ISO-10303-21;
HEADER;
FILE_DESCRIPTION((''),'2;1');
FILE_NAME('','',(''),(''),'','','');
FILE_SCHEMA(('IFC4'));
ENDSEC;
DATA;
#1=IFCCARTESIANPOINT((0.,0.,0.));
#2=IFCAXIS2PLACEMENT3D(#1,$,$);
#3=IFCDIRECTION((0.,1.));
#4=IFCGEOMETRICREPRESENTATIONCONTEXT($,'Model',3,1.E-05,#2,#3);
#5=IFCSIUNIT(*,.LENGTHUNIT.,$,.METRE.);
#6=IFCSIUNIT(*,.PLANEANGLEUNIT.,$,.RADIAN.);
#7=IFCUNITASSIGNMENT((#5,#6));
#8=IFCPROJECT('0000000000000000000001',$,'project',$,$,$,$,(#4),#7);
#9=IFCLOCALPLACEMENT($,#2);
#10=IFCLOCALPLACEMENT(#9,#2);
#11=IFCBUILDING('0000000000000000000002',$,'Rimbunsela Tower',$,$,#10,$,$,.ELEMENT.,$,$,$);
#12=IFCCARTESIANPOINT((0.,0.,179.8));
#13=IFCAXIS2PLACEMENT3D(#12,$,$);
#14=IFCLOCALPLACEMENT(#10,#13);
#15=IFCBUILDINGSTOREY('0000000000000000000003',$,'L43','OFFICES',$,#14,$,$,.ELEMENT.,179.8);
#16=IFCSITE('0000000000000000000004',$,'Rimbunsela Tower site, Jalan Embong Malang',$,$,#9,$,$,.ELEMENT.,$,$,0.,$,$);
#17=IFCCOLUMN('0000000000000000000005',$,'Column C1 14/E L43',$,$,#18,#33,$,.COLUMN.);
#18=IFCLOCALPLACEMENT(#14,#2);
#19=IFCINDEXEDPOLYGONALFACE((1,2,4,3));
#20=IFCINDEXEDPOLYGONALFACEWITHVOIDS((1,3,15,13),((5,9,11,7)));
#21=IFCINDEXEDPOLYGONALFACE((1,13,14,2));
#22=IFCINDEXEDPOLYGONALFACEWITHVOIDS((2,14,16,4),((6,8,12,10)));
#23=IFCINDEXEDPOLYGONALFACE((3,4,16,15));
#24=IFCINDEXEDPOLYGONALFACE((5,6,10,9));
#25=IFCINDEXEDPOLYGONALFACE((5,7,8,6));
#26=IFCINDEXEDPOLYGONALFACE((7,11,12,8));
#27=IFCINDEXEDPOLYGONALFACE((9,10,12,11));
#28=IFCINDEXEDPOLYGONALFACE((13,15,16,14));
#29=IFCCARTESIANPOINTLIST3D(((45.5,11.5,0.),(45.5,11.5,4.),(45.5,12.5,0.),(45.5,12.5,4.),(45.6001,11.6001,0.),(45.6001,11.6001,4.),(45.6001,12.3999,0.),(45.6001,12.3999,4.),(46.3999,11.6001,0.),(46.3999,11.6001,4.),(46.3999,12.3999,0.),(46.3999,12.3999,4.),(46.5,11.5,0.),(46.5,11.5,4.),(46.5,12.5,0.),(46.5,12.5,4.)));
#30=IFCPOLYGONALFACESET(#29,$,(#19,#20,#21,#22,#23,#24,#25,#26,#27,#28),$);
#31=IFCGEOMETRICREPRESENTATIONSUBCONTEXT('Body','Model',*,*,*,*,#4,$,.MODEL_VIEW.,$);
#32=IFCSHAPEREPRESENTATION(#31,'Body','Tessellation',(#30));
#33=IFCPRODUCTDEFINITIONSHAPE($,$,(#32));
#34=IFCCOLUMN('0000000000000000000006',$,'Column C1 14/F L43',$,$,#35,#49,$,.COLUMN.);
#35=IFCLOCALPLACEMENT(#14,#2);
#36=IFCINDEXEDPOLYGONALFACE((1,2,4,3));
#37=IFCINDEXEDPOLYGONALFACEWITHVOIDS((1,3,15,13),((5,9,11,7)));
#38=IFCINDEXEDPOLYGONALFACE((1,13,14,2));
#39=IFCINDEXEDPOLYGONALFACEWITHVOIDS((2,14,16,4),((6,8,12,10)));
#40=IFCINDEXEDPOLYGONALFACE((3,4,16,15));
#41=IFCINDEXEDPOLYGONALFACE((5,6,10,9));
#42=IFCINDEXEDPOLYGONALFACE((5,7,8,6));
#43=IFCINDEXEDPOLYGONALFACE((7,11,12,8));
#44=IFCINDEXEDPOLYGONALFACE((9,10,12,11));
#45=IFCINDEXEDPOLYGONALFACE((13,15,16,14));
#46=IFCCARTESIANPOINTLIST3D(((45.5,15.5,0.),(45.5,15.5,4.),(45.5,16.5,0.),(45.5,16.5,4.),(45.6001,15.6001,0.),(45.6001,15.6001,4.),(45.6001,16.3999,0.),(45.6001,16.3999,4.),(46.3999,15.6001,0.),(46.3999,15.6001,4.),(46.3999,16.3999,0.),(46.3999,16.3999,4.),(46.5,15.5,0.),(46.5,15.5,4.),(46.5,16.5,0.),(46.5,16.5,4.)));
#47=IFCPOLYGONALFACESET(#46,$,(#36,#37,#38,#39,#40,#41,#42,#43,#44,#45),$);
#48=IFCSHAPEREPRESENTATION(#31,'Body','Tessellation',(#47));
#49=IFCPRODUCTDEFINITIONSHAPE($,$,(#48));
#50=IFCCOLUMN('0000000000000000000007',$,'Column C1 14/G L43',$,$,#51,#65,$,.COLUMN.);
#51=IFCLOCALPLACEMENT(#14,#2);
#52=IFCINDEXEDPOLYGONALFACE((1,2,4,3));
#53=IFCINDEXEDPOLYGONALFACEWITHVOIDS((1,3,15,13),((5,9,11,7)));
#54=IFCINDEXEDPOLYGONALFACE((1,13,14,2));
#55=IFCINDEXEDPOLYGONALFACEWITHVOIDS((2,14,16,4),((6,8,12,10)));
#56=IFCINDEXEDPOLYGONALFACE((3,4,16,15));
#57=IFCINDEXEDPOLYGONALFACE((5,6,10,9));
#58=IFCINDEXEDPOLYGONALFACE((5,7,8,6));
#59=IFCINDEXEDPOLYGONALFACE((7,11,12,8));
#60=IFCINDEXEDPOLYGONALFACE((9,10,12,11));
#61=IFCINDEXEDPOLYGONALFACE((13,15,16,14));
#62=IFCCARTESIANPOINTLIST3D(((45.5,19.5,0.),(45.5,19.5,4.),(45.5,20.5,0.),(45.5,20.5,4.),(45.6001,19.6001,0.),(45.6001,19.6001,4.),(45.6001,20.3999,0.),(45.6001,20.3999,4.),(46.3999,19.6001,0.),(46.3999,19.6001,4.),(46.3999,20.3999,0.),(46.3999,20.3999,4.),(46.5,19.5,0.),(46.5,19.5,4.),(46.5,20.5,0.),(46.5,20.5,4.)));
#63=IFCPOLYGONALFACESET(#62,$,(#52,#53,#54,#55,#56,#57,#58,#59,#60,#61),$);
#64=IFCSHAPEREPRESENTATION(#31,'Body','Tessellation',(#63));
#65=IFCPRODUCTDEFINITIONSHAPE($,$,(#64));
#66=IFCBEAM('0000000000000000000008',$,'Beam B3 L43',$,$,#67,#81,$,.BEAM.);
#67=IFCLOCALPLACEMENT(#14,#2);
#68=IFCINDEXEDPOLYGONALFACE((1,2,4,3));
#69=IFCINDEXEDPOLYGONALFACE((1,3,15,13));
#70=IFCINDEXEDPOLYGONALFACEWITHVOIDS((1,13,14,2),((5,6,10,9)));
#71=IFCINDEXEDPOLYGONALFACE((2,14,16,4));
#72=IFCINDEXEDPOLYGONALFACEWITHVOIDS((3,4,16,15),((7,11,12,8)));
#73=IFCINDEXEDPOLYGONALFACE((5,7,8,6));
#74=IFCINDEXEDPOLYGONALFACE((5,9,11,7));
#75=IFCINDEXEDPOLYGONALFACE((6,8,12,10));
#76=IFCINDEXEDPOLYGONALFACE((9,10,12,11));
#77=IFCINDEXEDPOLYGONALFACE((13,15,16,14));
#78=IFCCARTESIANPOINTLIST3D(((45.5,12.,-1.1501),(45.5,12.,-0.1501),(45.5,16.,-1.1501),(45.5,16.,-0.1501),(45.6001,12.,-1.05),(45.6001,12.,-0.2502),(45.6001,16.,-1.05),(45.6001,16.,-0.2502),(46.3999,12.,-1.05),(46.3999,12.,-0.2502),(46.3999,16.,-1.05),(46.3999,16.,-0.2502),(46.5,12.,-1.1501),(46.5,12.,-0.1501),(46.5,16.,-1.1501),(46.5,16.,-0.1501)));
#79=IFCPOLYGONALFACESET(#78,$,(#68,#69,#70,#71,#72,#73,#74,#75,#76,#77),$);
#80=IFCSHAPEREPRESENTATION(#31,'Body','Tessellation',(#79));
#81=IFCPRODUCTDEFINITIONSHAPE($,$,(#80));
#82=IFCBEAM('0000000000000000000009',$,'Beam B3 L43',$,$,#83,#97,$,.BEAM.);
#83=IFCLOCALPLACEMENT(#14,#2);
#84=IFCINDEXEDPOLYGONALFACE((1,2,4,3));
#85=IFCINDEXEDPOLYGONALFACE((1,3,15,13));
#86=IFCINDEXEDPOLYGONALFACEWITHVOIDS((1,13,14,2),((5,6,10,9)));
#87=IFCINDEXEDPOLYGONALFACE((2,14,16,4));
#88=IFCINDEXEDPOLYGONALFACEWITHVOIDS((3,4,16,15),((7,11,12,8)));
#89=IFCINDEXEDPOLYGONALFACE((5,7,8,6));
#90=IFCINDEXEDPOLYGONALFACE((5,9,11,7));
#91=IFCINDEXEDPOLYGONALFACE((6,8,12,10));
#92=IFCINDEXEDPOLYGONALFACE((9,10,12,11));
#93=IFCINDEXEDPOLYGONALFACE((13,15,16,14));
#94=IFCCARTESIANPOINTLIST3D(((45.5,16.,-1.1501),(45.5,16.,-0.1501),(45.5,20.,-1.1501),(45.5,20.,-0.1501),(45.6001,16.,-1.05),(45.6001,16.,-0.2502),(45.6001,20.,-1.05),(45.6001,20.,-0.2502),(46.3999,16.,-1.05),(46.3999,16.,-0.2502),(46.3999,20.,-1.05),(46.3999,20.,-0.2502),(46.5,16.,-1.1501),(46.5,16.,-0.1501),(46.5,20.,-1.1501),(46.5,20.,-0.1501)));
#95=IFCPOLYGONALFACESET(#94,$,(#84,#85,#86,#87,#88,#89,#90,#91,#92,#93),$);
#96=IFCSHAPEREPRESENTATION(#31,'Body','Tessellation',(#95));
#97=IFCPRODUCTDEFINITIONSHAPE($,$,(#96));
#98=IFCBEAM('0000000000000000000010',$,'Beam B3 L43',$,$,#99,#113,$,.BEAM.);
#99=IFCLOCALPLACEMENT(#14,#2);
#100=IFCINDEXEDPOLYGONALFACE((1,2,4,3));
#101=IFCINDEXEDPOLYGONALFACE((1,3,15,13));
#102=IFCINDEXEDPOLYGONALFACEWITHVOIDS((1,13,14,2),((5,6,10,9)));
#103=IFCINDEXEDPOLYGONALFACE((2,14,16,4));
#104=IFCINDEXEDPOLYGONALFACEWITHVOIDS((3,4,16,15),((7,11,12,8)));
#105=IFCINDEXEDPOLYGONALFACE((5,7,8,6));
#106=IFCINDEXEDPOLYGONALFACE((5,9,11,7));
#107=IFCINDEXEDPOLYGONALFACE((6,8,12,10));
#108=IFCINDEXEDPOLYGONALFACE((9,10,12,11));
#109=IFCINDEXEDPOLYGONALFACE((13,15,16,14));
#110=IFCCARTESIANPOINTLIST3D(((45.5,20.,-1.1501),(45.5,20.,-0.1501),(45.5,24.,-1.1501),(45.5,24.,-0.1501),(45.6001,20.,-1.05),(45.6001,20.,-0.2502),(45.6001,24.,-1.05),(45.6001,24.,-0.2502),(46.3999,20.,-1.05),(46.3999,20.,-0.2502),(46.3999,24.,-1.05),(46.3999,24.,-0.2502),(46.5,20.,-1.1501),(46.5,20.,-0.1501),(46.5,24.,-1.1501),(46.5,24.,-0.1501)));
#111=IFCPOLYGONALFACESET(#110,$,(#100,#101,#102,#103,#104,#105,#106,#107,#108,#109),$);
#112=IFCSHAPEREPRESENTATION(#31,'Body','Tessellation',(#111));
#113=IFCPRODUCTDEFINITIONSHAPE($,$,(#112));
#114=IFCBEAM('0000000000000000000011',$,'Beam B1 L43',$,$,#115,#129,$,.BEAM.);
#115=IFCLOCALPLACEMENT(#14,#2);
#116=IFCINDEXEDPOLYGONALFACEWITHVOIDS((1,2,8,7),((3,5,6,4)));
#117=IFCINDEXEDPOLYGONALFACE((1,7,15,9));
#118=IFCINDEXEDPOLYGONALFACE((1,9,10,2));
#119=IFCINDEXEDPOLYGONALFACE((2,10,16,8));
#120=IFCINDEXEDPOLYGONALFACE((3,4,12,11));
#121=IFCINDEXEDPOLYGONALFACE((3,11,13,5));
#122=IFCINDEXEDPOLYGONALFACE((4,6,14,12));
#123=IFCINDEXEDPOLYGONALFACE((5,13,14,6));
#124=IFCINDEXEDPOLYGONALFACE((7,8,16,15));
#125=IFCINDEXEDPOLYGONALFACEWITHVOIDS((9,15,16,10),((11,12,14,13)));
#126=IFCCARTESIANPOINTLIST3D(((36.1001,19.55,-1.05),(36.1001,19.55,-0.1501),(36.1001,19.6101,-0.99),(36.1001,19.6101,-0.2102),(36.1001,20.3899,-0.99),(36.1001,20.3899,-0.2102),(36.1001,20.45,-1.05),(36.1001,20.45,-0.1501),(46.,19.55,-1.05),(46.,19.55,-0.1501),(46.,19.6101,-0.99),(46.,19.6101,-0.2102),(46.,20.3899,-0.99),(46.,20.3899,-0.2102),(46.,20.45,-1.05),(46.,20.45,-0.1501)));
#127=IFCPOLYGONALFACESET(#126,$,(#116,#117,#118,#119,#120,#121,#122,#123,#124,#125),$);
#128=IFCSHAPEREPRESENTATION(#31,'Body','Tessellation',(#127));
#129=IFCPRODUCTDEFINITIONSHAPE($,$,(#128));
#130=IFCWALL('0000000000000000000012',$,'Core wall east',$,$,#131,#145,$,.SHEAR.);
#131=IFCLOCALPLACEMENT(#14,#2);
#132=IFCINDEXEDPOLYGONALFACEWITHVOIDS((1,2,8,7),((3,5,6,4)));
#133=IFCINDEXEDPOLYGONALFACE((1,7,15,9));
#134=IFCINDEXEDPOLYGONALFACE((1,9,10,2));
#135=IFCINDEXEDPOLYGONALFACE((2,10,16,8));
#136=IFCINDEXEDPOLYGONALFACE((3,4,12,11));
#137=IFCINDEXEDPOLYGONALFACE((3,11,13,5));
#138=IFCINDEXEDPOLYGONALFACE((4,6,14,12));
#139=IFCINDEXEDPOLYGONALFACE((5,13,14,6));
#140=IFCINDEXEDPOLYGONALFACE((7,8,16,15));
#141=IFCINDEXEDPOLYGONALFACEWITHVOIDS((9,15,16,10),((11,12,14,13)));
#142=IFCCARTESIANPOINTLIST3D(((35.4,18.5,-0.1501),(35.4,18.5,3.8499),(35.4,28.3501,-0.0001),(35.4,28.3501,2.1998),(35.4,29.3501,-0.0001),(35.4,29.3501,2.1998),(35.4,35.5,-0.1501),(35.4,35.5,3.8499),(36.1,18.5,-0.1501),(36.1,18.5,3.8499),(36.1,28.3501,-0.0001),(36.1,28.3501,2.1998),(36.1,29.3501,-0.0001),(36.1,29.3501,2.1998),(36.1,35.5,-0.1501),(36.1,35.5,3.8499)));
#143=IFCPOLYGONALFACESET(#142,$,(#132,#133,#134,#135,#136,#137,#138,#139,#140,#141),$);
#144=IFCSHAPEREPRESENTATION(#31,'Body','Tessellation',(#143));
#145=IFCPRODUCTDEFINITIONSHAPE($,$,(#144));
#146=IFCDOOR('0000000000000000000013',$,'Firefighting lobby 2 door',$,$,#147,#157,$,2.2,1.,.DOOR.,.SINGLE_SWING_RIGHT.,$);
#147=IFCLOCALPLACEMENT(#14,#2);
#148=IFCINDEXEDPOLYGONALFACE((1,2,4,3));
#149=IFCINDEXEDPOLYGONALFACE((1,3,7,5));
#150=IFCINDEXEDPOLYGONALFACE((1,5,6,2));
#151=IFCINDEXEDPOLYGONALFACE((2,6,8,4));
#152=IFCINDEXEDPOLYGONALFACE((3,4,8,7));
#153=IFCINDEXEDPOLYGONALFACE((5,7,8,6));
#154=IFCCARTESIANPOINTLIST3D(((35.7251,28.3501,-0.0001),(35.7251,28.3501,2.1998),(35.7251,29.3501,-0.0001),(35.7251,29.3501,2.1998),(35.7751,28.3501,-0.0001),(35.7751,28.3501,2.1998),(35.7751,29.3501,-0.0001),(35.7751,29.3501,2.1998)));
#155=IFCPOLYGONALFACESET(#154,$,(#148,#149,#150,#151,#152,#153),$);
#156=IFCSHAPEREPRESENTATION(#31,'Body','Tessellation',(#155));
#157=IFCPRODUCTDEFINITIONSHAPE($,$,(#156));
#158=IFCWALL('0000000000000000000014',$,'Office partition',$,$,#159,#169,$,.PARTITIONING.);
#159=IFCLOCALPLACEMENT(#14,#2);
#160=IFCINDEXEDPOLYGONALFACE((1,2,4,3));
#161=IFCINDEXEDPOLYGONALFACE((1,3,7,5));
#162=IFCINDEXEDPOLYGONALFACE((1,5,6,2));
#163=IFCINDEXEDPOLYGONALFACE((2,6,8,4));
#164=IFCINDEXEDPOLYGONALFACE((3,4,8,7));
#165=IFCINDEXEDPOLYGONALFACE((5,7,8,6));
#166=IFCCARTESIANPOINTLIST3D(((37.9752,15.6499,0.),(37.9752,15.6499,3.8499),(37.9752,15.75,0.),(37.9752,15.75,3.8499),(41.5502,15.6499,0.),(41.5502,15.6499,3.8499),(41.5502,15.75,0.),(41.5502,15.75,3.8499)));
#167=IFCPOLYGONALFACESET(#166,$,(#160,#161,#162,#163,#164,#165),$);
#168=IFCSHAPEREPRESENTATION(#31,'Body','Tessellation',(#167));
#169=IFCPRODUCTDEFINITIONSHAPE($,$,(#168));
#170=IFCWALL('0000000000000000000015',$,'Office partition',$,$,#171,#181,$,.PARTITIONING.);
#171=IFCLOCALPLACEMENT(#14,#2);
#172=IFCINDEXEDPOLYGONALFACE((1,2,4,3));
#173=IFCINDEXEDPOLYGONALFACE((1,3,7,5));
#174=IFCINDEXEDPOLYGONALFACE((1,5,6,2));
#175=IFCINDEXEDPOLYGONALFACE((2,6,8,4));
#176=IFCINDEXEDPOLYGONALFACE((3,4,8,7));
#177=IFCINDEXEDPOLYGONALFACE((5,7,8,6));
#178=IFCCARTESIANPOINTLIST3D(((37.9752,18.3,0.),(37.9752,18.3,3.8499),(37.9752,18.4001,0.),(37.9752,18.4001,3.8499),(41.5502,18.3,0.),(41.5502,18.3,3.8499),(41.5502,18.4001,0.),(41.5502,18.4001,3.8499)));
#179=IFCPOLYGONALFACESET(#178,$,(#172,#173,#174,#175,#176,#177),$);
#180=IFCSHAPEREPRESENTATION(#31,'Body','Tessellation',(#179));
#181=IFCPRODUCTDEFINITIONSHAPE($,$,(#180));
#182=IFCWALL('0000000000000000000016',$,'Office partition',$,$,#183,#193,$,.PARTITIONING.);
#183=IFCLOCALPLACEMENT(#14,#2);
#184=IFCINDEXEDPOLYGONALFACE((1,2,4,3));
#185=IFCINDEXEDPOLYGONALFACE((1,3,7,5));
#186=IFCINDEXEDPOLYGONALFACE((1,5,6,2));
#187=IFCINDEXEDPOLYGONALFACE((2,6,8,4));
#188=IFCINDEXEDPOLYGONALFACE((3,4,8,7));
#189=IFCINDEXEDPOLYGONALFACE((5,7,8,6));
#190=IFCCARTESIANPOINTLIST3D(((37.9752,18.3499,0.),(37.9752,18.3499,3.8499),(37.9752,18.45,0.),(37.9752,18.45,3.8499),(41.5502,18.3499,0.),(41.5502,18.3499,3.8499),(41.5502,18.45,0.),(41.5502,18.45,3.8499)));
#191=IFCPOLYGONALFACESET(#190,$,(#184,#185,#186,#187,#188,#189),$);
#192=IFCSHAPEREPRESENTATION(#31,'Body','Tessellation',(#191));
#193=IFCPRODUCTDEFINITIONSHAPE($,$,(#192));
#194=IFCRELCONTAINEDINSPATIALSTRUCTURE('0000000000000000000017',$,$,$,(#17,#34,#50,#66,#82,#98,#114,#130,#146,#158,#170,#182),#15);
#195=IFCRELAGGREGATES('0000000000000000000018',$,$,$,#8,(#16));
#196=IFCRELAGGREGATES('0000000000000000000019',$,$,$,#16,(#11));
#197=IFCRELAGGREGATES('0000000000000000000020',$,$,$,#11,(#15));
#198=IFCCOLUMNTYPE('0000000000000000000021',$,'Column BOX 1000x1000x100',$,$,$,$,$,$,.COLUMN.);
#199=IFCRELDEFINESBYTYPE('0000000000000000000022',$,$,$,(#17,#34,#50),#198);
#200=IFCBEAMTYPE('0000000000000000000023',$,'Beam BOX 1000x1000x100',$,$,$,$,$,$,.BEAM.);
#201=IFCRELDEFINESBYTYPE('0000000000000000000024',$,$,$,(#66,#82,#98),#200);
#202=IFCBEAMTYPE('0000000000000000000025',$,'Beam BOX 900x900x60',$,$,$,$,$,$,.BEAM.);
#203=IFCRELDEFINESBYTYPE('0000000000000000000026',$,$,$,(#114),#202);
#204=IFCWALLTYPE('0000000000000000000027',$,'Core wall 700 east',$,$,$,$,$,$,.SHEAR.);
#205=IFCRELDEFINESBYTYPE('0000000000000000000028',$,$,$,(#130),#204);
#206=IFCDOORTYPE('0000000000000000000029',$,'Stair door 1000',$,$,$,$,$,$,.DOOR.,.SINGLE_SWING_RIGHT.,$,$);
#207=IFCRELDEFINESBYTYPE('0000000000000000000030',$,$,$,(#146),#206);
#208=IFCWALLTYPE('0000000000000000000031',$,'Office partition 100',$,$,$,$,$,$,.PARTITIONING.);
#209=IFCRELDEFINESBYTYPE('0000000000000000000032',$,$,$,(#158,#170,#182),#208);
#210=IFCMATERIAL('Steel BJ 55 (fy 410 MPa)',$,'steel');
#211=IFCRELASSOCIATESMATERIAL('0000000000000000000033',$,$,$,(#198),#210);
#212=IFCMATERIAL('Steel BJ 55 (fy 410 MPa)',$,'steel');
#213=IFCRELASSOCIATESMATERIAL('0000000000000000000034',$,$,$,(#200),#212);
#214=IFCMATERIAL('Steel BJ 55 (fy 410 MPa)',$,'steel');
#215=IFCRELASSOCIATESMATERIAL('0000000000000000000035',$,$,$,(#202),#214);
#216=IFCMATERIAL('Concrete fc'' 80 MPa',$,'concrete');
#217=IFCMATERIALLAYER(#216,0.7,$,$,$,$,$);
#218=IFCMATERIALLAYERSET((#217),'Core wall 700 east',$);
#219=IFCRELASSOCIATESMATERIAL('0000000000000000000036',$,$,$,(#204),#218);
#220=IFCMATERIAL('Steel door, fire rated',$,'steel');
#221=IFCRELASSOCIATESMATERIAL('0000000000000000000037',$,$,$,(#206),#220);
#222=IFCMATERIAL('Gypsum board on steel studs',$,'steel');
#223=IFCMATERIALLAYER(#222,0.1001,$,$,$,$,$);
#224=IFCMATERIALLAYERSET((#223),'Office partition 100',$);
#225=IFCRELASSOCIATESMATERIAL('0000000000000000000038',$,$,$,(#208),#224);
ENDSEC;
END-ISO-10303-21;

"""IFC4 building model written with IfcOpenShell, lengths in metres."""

from ifc_helpers import new_model, si_unit, direction, frame, frame_2d, origin, origin_2d, place, context, subcontext, project, spatial, rectangle, hollow_rectangle, extrude, material, layer, layer_set, material_profile, profile_set, type_object, element, fill, save


model = new_model("IFC4")

# Units and contexts
model_context = context("Model", 3, precision=1e-05, world=origin(), true_north=direction((0.0, 1.0)))
body_context = subcontext(model_context, "Body", "Model", "MODEL_VIEW")
ifc_project = project(units=[si_unit("LENGTHUNIT", "METRE"), si_unit("PLANEANGLEUNIT", "RADIAN")], contexts=[model_context])

# Site, building, storey
site_placement = place(None, origin())
site = spatial("IfcSite", under=ifc_project, at=site_placement, Name="Rimbunsela Tower site, Jalan Embong Malang", CompositionType="ELEMENT", RefElevation=0.0)
building_placement = place(site_placement, origin())
building = spatial("IfcBuilding", under=site, at=building_placement, Name="Rimbunsela Tower", CompositionType="ELEMENT")
storey_placement = place(building_placement, frame((0.0, 0.0, 179.8)))
storey = spatial("IfcBuildingStorey", under=building, at=storey_placement, Name="L43", Description="OFFICES", CompositionType="ELEMENT", Elevation=179.8)

# Columns
ifc_material_1 = material(Name="Steel BJ 55 (fy 410 MPa)", Category="steel")
ifc_material_profile_1 = material_profile(ifc_material_1, hollow_rectangle(XDim=1.0, YDim=1.0, WallThickness=0.1001, at=origin_2d()), Name="BOX 1000x1000x100")
ifc_profile_set_1 = profile_set([ifc_material_profile_1], Name="Steel BJ 55 (fy 410 MPa)")
column_type = type_object("IfcColumnType", Name="Column BOX 1000x1000x100", PredefinedType="COLUMN", material=ifc_profile_set_1)
for number, where, z_axis, x_axis, name in (
    (1, (46.0, 12.0, 0.0), (0.0, 0.0, 1.0), (1.0, 0.0, 0.0), "Column C1 14/E L43"),
    (2, (46.0, 16.0, 0.0), (0.0, 0.0, 1.0), (1.0, 0.0, 0.0), "Column C1 14/F L43"),
    (3, (46.0, 20.0, 0.0), (0.0, 0.0, 1.0), (1.0, 0.0, 0.0), "Column C1 14/G L43"),
):
    element("IfcColumn", number, at=place(storey_placement, frame(where, z_axis=z_axis, x_axis=x_axis)), inside=storey, type_object=column_type, Name=name, PredefinedType="COLUMN", context=body_context, shape_type="SweptSolid", body=[
        extrude(hollow_rectangle(XDim=1.0, YDim=1.0, WallThickness=0.1001, at=origin_2d()), origin(), (0.0, 0.0, 1.0), 4.0),
    ])

# Beams
ifc_material_2 = material(Name="Steel BJ 55 (fy 410 MPa)", Category="steel")
ifc_material_profile_2 = material_profile(ifc_material_2, hollow_rectangle(XDim=1.0, YDim=1.0, WallThickness=0.1001, at=origin_2d()), Name="BOX 1000x1000x100")
ifc_profile_set_2 = profile_set([ifc_material_profile_2], Name="Steel BJ 55 (fy 410 MPa)")
beam_type_1 = type_object("IfcBeamType", Name="Beam BOX 1000x1000x100", PredefinedType="BEAM", material=ifc_profile_set_2)
for number, where, z_axis, x_axis, name in (
    (4, (46.0, 12.0, -0.6501), (0.0, 1.0, 0.0), (-1.0, 0.0, 0.0), "Beam B3 L43"),
    (5, (46.0, 16.0, -0.6501), (0.0, 1.0, 0.0), (-1.0, 0.0, 0.0), "Beam B3 L43"),
    (6, (46.0, 20.0, -0.6501), (0.0, 1.0, 0.0), (-1.0, 0.0, 0.0), "Beam B3 L43"),
):
    element("IfcBeam", number, at=place(storey_placement, frame(where, z_axis=z_axis, x_axis=x_axis)), inside=storey, type_object=beam_type_1, Name=name, PredefinedType="BEAM", context=body_context, shape_type="SweptSolid", body=[
        extrude(hollow_rectangle(XDim=1.0, YDim=1.0, WallThickness=0.1001, at=origin_2d()), origin(), (0.0, 0.0, 1.0), 4.0),
    ])
ifc_material_3 = material(Name="Steel BJ 55 (fy 410 MPa)", Category="steel")
ifc_material_profile_3 = material_profile(ifc_material_3, hollow_rectangle(XDim=0.8999, YDim=0.8999, WallThickness=0.0601, at=origin_2d()), Name="BOX 900x900x60")
ifc_profile_set_3 = profile_set([ifc_material_profile_3], Name="Steel BJ 55 (fy 410 MPa)")
beam_type_2 = type_object("IfcBeamType", Name="Beam BOX 900x900x60", PredefinedType="BEAM", material=ifc_profile_set_3)
beam_placement = place(storey_placement, frame((36.1001, 20.0, -0.6001), z_axis=(1.0, 0.0, 0.0), x_axis=(0.0, 1.0, 0.0)))
element("IfcBeam", 7, at=beam_placement, inside=storey, type_object=beam_type_2, Name="Beam B1 L43", PredefinedType="BEAM", context=body_context, shape_type="SweptSolid", body=[
    extrude(hollow_rectangle(XDim=0.8999, YDim=0.8999, WallThickness=0.0601, at=origin_2d()), origin(), (0.0, 0.0, 1.0), 9.8999),
])

# Wall, opening, door
ifc_material_4 = material(Name="Concrete fc' 80 MPa", Category="concrete")
ifc_layer_1 = layer(ifc_material_4, 0.7)
ifc_layer_set_1 = layer_set([ifc_layer_1], Name="Core wall 700 east")
wall_type_1 = type_object("IfcWallType", Name="Core wall 700 east", PredefinedType="SHEAR", material=ifc_layer_set_1)
wall_1_placement = place(storey_placement, frame((35.75, 18.5, -0.1501), z_axis=(0.0, 0.0, 1.0), x_axis=(0.0, 1.0, 0.0)))
wall_1 = element("IfcWall", 8, at=wall_1_placement, inside=storey, type_object=wall_type_1, Name="Core wall east", PredefinedType="SHEAR", context=body_context, shape_type="SweptSolid", body=[
    extrude(rectangle(XDim=17.0, YDim=0.7, at=frame_2d((8.5, 0.0))), origin(), (0.0, 0.0, 1.0), 4.0),
])
opening_1_placement = place(wall_1_placement, frame((9.8501, 0.0, 0.1499)))
opening_1 = element("IfcOpeningElement", 9, at=opening_1_placement, cuts=wall_1, PredefinedType="OPENING", context=body_context, shape_type="SweptSolid", body=[
    extrude(rectangle(XDim=1.0, YDim=2.2, at=frame_2d((0.5, 1.1001))), frame((0.0, 0.3599, 0.0), z_axis=(0.0, -1.0, 0.0), x_axis=(1.0, 0.0, 0.0)), (0.0, 0.0, 1.0), 0.72),
])
ifc_material_5 = material(Name="Steel door, fire rated", Category="steel")
door_type_1 = type_object("IfcDoorType", Name="Stair door 1000", OperationType="SINGLE_SWING_RIGHT", PredefinedType="DOOR", material=ifc_material_5)
door_1_placement = place(opening_1_placement, origin())
door_1 = element("IfcDoor", 10, at=door_1_placement, inside=storey, type_object=door_type_1, Name="Firefighting lobby 2 door", OperationType="SINGLE_SWING_RIGHT", OverallHeight=2.2, OverallWidth=1.0, PredefinedType="DOOR", context=body_context, shape_type="SweptSolid", body=[
    extrude(rectangle(XDim=1.0, YDim=2.2, at=frame_2d((0.5, 1.1001))), frame((0.0, 0.0249, 0.0), z_axis=(0.0, -1.0, 0.0), x_axis=(1.0, 0.0, 0.0)), (0.0, 0.0, 1.0), 0.05),
])
fill(opening_1, door_1)

# Walls
ifc_material_6 = material(Name="Gypsum board on steel studs", Category="steel")
ifc_layer_2 = layer(ifc_material_6, 0.1001)
ifc_layer_set_2 = layer_set([ifc_layer_2], Name="Office partition 100")
wall_type_2 = type_object("IfcWallType", Name="Office partition 100", PredefinedType="PARTITIONING", material=ifc_layer_set_2)
for number, where, z_axis, x_axis, name in (
    (11, (37.9751, 15.7, 0.0), (0.0, 0.0, 1.0), (1.0, 0.0, 0.0), "Office partition"),
    (12, (37.9751, 18.3501, 0.0), (0.0, 0.0, 1.0), (1.0, 0.0, 0.0), "Office partition"),
    (13, (37.9751, 18.3999, 0.0), (0.0, 0.0, 1.0), (1.0, 0.0, 0.0), "Office partition"),
):
    element("IfcWall", number, at=place(storey_placement, frame(where, z_axis=z_axis, x_axis=x_axis)), inside=storey, type_object=wall_type_2, Name=name, PredefinedType="PARTITIONING", context=body_context, shape_type="SweptSolid", body=[
        extrude(rectangle(XDim=3.575, YDim=0.1001, at=frame_2d((1.7876, 0.0))), origin(), (0.0, 0.0, 1.0), 3.8499),
    ])

save(model, "model.ifc")
